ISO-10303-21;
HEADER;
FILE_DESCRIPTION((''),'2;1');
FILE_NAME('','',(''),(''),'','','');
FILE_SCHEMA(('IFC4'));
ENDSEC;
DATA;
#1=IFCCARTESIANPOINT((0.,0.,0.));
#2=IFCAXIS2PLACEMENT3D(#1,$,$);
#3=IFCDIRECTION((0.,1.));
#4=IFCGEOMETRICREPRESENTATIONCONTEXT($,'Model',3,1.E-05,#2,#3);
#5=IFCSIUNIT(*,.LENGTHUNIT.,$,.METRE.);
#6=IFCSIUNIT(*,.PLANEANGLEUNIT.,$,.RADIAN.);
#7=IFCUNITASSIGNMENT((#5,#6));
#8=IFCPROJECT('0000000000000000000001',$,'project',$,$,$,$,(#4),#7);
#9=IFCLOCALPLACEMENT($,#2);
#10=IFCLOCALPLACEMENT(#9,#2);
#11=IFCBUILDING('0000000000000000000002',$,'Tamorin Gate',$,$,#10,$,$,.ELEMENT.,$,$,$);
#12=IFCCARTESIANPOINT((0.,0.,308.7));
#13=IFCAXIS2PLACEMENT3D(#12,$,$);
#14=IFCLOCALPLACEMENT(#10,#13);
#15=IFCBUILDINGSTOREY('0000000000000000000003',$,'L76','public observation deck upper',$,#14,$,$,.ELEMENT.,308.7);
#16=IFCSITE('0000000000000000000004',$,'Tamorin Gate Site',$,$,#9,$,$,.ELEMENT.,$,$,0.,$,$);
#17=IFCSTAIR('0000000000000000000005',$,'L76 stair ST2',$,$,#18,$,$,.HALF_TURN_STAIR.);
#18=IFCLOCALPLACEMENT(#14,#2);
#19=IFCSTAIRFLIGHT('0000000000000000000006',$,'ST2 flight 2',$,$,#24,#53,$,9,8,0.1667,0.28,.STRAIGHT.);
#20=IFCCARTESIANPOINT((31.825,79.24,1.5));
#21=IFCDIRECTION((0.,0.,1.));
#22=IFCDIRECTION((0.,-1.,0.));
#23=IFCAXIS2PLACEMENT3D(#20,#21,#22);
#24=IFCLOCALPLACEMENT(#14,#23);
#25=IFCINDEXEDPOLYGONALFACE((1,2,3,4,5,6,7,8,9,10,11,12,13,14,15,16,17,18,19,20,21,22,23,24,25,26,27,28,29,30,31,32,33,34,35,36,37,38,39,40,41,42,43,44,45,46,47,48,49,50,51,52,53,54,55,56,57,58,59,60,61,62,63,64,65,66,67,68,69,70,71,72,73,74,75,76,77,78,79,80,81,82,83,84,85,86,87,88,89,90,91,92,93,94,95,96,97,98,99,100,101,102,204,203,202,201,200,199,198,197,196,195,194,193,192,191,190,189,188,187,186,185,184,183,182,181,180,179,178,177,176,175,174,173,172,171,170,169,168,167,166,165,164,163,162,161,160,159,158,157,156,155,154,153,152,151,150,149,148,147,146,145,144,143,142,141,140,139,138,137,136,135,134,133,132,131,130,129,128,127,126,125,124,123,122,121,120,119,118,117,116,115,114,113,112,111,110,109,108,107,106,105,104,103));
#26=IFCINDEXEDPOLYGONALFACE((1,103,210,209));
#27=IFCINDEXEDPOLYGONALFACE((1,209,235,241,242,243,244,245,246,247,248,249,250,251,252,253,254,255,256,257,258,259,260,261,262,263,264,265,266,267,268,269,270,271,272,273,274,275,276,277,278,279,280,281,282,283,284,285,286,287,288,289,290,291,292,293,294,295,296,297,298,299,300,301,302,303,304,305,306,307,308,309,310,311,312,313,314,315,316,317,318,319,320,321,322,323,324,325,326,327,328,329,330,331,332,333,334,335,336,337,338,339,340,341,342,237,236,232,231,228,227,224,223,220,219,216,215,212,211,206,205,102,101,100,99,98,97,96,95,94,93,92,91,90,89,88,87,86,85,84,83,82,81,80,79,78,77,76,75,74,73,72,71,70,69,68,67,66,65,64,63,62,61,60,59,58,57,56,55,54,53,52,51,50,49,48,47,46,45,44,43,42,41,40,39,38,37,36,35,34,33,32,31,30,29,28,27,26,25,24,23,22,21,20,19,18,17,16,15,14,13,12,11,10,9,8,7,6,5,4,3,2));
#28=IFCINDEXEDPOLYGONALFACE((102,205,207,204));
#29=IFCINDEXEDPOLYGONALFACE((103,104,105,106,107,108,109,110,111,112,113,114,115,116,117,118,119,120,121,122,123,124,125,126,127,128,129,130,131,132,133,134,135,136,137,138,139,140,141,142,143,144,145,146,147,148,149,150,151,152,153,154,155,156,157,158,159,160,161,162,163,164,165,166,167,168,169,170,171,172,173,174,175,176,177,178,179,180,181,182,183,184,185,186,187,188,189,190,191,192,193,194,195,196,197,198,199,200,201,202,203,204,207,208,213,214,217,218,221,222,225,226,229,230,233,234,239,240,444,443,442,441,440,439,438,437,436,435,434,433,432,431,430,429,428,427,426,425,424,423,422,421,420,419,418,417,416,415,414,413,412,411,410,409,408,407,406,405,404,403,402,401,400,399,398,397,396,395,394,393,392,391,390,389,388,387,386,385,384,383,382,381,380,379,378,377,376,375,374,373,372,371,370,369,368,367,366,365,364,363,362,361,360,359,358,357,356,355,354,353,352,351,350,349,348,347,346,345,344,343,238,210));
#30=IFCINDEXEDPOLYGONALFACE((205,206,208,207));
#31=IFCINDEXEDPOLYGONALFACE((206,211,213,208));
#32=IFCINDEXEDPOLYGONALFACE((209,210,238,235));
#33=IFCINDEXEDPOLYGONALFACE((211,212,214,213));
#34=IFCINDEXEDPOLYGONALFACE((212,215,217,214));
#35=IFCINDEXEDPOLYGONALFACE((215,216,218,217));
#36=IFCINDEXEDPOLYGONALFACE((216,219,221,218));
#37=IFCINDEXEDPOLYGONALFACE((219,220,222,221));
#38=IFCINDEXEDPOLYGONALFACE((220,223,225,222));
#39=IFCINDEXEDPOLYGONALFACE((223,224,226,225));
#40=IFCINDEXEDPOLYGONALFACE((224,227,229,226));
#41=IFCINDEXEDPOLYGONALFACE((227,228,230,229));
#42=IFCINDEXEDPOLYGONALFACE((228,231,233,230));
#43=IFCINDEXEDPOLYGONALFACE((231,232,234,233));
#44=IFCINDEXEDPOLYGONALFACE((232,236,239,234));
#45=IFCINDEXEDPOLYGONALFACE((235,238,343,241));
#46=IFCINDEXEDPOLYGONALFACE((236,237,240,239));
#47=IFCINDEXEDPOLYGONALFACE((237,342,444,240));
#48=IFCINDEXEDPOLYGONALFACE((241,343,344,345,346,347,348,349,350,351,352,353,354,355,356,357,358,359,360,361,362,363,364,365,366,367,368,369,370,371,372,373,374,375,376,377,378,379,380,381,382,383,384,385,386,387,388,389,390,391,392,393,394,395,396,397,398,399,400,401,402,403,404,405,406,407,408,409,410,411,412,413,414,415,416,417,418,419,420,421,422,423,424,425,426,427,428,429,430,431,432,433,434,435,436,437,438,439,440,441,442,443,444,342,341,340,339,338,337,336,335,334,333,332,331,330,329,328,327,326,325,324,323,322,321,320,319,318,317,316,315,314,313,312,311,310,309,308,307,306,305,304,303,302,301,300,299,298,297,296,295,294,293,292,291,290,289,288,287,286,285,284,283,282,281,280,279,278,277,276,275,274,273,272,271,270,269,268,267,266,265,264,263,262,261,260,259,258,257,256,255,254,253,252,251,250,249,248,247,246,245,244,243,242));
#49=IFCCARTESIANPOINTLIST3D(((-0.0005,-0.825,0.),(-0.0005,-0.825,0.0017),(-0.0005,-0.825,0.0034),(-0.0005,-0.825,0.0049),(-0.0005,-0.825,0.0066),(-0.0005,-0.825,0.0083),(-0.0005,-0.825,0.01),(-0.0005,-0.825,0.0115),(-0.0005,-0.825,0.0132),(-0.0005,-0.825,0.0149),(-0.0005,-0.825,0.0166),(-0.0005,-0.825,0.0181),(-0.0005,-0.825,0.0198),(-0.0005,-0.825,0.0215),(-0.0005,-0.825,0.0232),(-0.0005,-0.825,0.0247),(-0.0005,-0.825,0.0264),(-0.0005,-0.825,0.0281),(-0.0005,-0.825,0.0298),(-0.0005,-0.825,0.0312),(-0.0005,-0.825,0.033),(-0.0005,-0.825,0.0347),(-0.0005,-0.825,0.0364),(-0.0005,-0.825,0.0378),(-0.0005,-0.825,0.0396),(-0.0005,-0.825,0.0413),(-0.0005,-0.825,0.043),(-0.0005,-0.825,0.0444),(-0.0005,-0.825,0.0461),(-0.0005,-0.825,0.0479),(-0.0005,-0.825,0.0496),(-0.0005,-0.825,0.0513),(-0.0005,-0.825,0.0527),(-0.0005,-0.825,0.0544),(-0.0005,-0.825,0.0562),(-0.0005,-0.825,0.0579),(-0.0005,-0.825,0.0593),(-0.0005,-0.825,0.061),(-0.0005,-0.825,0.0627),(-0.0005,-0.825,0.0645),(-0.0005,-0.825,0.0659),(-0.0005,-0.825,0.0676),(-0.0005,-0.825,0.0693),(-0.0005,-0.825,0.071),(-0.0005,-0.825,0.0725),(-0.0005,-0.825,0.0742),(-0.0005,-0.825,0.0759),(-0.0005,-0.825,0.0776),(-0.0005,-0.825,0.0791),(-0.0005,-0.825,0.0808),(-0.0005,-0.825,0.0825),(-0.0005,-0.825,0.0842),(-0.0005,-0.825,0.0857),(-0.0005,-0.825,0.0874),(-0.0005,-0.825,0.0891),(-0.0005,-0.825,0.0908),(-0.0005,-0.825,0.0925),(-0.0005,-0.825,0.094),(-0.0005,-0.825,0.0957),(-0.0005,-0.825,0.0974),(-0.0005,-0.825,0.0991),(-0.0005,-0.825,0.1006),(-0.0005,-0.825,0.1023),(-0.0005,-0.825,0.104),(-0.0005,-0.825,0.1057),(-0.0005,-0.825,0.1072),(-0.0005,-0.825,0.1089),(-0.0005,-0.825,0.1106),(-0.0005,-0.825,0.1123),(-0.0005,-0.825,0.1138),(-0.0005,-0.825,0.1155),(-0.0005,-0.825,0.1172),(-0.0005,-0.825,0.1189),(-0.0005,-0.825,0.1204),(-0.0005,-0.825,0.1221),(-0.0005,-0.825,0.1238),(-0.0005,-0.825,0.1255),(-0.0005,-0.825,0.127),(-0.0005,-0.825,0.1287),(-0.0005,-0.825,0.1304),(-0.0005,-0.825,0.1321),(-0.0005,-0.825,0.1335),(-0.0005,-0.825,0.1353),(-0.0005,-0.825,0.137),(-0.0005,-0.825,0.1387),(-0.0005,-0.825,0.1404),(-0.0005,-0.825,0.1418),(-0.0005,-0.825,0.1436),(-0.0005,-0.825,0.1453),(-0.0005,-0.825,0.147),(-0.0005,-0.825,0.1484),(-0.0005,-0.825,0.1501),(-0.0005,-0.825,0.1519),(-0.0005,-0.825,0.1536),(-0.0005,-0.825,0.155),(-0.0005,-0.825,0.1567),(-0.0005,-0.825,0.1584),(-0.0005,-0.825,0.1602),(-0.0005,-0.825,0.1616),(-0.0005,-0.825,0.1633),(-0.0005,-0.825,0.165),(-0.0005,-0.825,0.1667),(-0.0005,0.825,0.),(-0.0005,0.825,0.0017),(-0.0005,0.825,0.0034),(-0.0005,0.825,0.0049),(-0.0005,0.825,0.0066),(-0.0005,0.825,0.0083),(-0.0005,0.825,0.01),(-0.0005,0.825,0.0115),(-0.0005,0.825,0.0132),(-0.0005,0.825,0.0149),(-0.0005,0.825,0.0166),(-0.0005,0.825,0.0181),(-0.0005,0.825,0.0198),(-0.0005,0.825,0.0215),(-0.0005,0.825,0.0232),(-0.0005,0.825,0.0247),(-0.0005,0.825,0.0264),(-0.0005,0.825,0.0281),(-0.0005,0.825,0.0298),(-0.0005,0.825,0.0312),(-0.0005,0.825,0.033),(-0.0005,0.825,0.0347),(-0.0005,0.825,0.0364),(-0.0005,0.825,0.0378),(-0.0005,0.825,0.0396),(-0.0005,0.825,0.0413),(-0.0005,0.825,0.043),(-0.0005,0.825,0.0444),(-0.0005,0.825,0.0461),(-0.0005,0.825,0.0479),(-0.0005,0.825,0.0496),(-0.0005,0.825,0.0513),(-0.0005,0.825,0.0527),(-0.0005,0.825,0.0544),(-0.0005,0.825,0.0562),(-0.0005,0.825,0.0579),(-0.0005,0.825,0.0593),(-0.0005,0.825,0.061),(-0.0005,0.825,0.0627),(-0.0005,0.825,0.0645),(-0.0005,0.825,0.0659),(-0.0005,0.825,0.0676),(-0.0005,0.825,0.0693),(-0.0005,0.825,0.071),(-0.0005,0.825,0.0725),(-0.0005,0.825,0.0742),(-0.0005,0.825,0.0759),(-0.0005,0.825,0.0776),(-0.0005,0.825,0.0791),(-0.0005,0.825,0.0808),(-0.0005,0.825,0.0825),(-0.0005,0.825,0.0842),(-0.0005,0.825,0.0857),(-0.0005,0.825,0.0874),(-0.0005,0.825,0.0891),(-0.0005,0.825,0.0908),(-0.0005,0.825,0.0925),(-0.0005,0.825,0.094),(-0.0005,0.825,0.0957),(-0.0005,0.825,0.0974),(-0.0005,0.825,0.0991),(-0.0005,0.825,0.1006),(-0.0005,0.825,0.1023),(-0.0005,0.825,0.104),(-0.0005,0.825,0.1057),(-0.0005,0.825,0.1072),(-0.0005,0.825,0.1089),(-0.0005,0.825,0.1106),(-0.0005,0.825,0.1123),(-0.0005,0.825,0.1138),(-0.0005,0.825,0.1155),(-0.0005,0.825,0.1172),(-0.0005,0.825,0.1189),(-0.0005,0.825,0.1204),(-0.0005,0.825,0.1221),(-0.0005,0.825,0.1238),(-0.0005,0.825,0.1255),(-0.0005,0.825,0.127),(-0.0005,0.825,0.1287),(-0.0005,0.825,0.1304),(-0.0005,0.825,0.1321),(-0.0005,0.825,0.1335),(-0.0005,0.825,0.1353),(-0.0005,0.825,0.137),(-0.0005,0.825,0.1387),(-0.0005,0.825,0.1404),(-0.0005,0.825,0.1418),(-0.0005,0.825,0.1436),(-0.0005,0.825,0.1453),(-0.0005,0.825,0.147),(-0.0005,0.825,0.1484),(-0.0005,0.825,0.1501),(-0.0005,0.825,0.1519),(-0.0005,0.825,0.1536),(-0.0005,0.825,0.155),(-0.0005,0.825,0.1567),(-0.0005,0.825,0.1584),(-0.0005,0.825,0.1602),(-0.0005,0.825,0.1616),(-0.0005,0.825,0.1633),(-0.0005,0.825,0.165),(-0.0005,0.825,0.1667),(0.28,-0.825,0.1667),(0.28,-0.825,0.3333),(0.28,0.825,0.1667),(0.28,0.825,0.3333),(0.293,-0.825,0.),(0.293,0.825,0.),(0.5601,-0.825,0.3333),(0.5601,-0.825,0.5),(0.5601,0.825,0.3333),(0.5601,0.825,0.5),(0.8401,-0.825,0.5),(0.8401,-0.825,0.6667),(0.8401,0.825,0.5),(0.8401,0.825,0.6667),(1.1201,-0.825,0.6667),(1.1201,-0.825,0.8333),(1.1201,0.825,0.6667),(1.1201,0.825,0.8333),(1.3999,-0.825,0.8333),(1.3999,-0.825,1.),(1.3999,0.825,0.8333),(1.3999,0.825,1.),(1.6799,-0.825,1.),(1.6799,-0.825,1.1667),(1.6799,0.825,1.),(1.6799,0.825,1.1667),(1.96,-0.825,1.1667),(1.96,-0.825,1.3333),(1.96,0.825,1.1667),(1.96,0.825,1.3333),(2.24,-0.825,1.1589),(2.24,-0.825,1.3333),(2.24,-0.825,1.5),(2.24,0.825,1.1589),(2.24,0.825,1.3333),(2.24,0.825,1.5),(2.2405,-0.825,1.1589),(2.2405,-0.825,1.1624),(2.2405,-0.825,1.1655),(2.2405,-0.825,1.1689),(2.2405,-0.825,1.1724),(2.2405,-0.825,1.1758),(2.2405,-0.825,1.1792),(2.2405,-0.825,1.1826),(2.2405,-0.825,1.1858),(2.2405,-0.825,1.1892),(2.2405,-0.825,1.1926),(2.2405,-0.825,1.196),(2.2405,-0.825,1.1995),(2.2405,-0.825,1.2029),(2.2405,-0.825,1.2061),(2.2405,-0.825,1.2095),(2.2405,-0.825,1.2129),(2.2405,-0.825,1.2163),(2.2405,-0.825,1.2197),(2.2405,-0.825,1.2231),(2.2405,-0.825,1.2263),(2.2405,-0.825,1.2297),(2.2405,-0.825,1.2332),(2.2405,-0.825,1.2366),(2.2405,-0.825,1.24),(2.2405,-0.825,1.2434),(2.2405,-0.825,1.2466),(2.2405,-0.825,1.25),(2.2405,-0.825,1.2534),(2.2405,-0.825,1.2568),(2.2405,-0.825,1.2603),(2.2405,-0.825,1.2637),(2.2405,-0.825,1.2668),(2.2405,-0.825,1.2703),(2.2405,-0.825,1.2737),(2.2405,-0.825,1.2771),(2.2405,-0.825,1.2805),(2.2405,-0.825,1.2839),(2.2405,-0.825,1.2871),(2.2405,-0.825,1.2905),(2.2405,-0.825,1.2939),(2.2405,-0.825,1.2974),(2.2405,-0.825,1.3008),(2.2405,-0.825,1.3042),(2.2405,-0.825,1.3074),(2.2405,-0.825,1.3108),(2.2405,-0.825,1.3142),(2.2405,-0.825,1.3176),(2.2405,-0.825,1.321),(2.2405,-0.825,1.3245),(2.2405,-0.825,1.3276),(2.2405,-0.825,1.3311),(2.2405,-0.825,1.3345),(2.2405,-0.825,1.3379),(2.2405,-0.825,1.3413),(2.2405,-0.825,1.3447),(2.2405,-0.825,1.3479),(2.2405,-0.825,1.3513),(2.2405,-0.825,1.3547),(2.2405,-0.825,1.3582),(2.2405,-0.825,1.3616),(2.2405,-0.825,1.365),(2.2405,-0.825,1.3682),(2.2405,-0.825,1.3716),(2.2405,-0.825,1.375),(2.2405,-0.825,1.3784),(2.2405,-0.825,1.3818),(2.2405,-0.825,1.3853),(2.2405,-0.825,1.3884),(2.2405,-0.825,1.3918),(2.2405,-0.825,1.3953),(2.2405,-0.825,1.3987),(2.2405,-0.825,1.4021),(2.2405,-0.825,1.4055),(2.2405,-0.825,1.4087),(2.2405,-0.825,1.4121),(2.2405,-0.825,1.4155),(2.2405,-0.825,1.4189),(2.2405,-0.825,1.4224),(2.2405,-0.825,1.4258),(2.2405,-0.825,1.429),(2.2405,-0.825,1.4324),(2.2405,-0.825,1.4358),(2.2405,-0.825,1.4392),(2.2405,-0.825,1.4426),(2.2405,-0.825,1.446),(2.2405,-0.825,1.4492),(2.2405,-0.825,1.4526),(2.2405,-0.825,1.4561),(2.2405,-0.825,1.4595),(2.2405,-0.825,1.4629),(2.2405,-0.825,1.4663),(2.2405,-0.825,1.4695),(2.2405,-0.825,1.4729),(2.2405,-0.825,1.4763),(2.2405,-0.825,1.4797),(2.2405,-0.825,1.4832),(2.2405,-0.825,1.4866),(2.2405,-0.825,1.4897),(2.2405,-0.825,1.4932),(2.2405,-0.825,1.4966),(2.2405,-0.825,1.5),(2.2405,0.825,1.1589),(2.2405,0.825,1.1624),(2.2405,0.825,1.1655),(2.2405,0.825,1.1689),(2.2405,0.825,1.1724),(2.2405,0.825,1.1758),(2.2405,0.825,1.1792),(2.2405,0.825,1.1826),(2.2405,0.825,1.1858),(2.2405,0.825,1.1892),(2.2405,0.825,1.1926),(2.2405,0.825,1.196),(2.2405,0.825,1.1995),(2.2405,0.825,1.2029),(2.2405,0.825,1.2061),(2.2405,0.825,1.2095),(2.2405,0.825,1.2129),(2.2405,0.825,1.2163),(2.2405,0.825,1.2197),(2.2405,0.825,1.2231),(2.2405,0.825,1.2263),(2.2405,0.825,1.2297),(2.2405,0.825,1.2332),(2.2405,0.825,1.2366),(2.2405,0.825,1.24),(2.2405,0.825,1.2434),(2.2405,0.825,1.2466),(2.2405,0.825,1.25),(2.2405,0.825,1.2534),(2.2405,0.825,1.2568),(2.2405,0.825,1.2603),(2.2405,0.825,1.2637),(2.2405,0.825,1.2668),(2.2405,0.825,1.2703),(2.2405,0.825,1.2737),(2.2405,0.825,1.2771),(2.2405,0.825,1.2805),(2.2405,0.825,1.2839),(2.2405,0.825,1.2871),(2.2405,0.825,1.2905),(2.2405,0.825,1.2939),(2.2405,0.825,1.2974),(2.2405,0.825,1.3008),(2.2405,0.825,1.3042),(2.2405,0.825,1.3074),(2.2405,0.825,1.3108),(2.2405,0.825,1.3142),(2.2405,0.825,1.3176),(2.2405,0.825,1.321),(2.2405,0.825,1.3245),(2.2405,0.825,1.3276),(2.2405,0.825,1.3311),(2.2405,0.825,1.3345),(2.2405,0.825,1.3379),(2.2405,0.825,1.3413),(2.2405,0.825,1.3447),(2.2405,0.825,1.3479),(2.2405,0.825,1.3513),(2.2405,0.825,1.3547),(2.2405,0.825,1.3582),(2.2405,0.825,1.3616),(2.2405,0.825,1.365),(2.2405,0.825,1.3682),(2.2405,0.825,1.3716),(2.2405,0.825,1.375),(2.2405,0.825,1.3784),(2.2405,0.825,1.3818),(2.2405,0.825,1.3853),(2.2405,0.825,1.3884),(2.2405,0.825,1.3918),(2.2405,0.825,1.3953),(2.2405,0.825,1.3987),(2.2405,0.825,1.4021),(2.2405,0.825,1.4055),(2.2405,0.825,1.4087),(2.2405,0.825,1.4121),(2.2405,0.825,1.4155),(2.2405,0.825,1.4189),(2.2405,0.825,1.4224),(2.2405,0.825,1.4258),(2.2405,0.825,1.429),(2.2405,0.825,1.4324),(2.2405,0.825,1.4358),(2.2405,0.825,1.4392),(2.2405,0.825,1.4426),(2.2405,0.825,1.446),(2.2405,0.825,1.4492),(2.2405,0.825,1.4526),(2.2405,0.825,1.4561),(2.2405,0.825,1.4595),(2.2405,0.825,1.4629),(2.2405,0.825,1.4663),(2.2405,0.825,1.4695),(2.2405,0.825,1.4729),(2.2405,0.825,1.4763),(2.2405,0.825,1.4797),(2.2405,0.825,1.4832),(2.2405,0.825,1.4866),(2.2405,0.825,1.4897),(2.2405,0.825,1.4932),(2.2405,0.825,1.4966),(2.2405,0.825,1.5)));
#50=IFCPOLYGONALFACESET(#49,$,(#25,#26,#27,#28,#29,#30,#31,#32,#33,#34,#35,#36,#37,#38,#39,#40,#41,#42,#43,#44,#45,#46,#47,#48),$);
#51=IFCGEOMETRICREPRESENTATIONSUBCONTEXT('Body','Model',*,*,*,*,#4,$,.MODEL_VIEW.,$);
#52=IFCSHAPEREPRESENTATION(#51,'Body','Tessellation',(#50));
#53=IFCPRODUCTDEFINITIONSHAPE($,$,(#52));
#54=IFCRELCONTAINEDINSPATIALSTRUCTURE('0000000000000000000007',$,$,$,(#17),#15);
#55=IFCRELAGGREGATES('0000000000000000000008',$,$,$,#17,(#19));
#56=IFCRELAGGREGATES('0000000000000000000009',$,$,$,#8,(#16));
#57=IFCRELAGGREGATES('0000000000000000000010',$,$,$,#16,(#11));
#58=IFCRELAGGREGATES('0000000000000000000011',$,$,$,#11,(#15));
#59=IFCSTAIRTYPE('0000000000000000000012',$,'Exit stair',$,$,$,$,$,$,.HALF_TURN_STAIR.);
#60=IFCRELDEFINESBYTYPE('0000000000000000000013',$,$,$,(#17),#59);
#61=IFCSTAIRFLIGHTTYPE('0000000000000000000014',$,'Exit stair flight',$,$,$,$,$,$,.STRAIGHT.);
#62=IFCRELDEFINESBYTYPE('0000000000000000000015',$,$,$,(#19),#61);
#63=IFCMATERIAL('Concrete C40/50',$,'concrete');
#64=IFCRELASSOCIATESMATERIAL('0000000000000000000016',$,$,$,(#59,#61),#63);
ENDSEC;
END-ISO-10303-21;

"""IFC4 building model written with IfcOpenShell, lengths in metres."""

from ifc_helpers import new_model, si_unit, direction, frame, origin, place, context, subcontext, project, spatial, polyline, outline, extrude, material, type_object, element, aggregate, save


model = new_model("IFC4")

# Units and contexts
model_context = context("Model", 3, precision=1e-05, world=origin(), true_north=direction((0.0, 1.0)))
body_context = subcontext(model_context, "Body", "Model", "MODEL_VIEW")
ifc_project = project(units=[si_unit("LENGTHUNIT", "METRE"), si_unit("PLANEANGLEUNIT", "RADIAN")], contexts=[model_context])

# Site, building, storey
site_placement = place(None, origin())
site = spatial("IfcSite", under=ifc_project, at=site_placement, Name="Tamorin Gate Site", CompositionType="ELEMENT", RefElevation=0.0)
building_placement = place(site_placement, origin())
building = spatial("IfcBuilding", under=site, at=building_placement, Name="Tamorin Gate", CompositionType="ELEMENT")
storey_placement = place(building_placement, frame((0.0, 0.0, 308.7)))
storey = spatial("IfcBuildingStorey", under=building, at=storey_placement, Name="L76", Description="public observation deck upper", CompositionType="ELEMENT", Elevation=308.7)

# Stair, stair flight
ifc_material_1 = material(Name="Concrete C40/50", Category="concrete")
stair_type = type_object("IfcStairType", Name="Exit stair", PredefinedType="HALF_TURN_STAIR", material=ifc_material_1)
stair_placement = place(storey_placement, origin())
stair = element("IfcStair", 1, at=stair_placement, inside=storey, type_object=stair_type, Name="L76 stair ST2", PredefinedType="HALF_TURN_STAIR")
stair_flight_type = type_object("IfcStairFlightType", Name="Exit stair flight", PredefinedType="STRAIGHT", material=ifc_material_1)
stair_flight_1_placement = place(storey_placement, frame((31.825, 79.24, 1.5), z_axis=(0.0, 0.0, 1.0), x_axis=(0.0, -1.0, 0.0)))
stair_flight_1 = element("IfcStairFlight", 2, at=stair_flight_1_placement, type_object=stair_flight_type, Name="ST2 flight 2", NumberOfRisers=9, NumberOfTreads=8, PredefinedType="STRAIGHT", RiserHeight=0.1667, TreadLength=0.28, context=body_context, shape_type="SweptSolid", body=[
    extrude(outline(polyline([(-0.0005, 0.0), (-0.0005, 0.0017), (-0.0005, 0.0034), (-0.0005, 0.0049), (-0.0005, 0.0066), (-0.0005, 0.0083), (-0.0005, 0.01), (-0.0005, 0.0115), (-0.0005, 0.0132), (-0.0005, 0.0149), (-0.0005, 0.0166), (-0.0005, 0.0181), (-0.0005, 0.0198), (-0.0005, 0.0215), (-0.0005, 0.0232), (-0.0005, 0.0247), (-0.0005, 0.0264), (-0.0005, 0.0281), (-0.0005, 0.0298), (-0.0005, 0.0312), (-0.0005, 0.033), (-0.0005, 0.0347), (-0.0005, 0.0364), (-0.0005, 0.0378), (-0.0005, 0.0396), (-0.0005, 0.0413), (-0.0005, 0.043), (-0.0005, 0.0444), (-0.0005, 0.0461), (-0.0005, 0.0479), (-0.0005, 0.0496), (-0.0005, 0.0513), (-0.0005, 0.0527), (-0.0005, 0.0544), (-0.0005, 0.0562), (-0.0005, 0.0579), (-0.0005, 0.0593), (-0.0005, 0.061), (-0.0005, 0.0627), (-0.0005, 0.0645), (-0.0005, 0.0659), (-0.0005, 0.0676), (-0.0005, 0.0693), (-0.0005, 0.071), (-0.0005, 0.0725), (-0.0005, 0.0742), (-0.0005, 0.0759), (-0.0005, 0.0776), (-0.0005, 0.0791), (-0.0005, 0.0808), (-0.0005, 0.0825), (-0.0005, 0.0842), (-0.0005, 0.0857), (-0.0005, 0.0874), (-0.0005, 0.0891), (-0.0005, 0.0908), (-0.0005, 0.0925), (-0.0005, 0.094), (-0.0005, 0.0957), (-0.0005, 0.0974), (-0.0005, 0.0991), (-0.0005, 0.1006), (-0.0005, 0.1023), (-0.0005, 0.104), (-0.0005, 0.1057), (-0.0005, 0.1072), (-0.0005, 0.1089), (-0.0005, 0.1106), (-0.0005, 0.1123), (-0.0005, 0.1138), (-0.0005, 0.1155), (-0.0005, 0.1172), (-0.0005, 0.1189), (-0.0005, 0.1204), (-0.0005, 0.1221), (-0.0005, 0.1238), (-0.0005, 0.1255), (-0.0005, 0.127), (-0.0005, 0.1287), (-0.0005, 0.1304), (-0.0005, 0.1321), (-0.0005, 0.1335), (-0.0005, 0.1353), (-0.0005, 0.137), (-0.0005, 0.1387), (-0.0005, 0.1404), (-0.0005, 0.1418), (-0.0005, 0.1436), (-0.0005, 0.1453), (-0.0005, 0.147), (-0.0005, 0.1484), (-0.0005, 0.1501), (-0.0005, 0.1519), (-0.0005, 0.1536), (-0.0005, 0.155), (-0.0005, 0.1567), (-0.0005, 0.1584), (-0.0005, 0.1602), (-0.0005, 0.1616), (-0.0005, 0.1633), (-0.0005, 0.165), (-0.0005, 0.1667), (0.28, 0.1667), (0.28, 0.3333), (0.5601, 0.3333), (0.5601, 0.5), (0.8401, 0.5), (0.8401, 0.6667), (1.1201, 0.6667), (1.1201, 0.8333), (1.3999, 0.8333), (1.3999, 1.0), (1.6799, 1.0), (1.6799, 1.1667), (1.96, 1.1667), (1.96, 1.3333), (2.24, 1.3333), (2.24, 1.5), (2.2405, 1.5), (2.2405, 1.4966), (2.2405, 1.4932), (2.2405, 1.4897), (2.2405, 1.4866), (2.2405, 1.4832), (2.2405, 1.4797), (2.2405, 1.4763), (2.2405, 1.4729), (2.2405, 1.4695), (2.2405, 1.4663), (2.2405, 1.4629), (2.2405, 1.4595), (2.2405, 1.4561), (2.2405, 1.4526), (2.2405, 1.4492), (2.2405, 1.446), (2.2405, 1.4426), (2.2405, 1.4392), (2.2405, 1.4358), (2.2405, 1.4324), (2.2405, 1.429), (2.2405, 1.4258), (2.2405, 1.4224), (2.2405, 1.4189), (2.2405, 1.4155), (2.2405, 1.4121), (2.2405, 1.4087), (2.2405, 1.4055), (2.2405, 1.4021), (2.2405, 1.3987), (2.2405, 1.3953), (2.2405, 1.3918), (2.2405, 1.3884), (2.2405, 1.3853), (2.2405, 1.3818), (2.2405, 1.3784), (2.2405, 1.375), (2.2405, 1.3716), (2.2405, 1.3682), (2.2405, 1.365), (2.2405, 1.3616), (2.2405, 1.3582), (2.2405, 1.3547), (2.2405, 1.3513), (2.2405, 1.3479), (2.2405, 1.3447), (2.2405, 1.3413), (2.2405, 1.3379), (2.2405, 1.3345), (2.2405, 1.3311), (2.2405, 1.3276), (2.2405, 1.3245), (2.2405, 1.321), (2.2405, 1.3176), (2.2405, 1.3142), (2.2405, 1.3108), (2.2405, 1.3074), (2.2405, 1.3042), (2.2405, 1.3008), (2.2405, 1.2974), (2.2405, 1.2939), (2.2405, 1.2905), (2.2405, 1.2871), (2.2405, 1.2839), (2.2405, 1.2805), (2.2405, 1.2771), (2.2405, 1.2737), (2.2405, 1.2703), (2.2405, 1.2668), (2.2405, 1.2637), (2.2405, 1.2603), (2.2405, 1.2568), (2.2405, 1.2534), (2.2405, 1.25), (2.2405, 1.2466), (2.2405, 1.2434), (2.2405, 1.24), (2.2405, 1.2366), (2.2405, 1.2332), (2.2405, 1.2297), (2.2405, 1.2263), (2.2405, 1.2231), (2.2405, 1.2197), (2.2405, 1.2163), (2.2405, 1.2129), (2.2405, 1.2095), (2.2405, 1.2061), (2.2405, 1.2029), (2.2405, 1.1995), (2.2405, 1.196), (2.2405, 1.1926), (2.2405, 1.1892), (2.2405, 1.1858), (2.2405, 1.1826), (2.2405, 1.1792), (2.2405, 1.1758), (2.2405, 1.1724), (2.2405, 1.1689), (2.2405, 1.1655), (2.2405, 1.1624), (2.2405, 1.1589), (2.24, 1.1589), (0.293, 0.0), (-0.0005, 0.0)])), frame((0.0, 0.825, 0.0), z_axis=(0.0, -1.0, 0.0), x_axis=(1.0, 0.0, 0.0)), (0.0, 0.0, 1.0), 1.6499),
])
aggregate(stair, [stair_flight_1])

save(model, "model.ifc")
